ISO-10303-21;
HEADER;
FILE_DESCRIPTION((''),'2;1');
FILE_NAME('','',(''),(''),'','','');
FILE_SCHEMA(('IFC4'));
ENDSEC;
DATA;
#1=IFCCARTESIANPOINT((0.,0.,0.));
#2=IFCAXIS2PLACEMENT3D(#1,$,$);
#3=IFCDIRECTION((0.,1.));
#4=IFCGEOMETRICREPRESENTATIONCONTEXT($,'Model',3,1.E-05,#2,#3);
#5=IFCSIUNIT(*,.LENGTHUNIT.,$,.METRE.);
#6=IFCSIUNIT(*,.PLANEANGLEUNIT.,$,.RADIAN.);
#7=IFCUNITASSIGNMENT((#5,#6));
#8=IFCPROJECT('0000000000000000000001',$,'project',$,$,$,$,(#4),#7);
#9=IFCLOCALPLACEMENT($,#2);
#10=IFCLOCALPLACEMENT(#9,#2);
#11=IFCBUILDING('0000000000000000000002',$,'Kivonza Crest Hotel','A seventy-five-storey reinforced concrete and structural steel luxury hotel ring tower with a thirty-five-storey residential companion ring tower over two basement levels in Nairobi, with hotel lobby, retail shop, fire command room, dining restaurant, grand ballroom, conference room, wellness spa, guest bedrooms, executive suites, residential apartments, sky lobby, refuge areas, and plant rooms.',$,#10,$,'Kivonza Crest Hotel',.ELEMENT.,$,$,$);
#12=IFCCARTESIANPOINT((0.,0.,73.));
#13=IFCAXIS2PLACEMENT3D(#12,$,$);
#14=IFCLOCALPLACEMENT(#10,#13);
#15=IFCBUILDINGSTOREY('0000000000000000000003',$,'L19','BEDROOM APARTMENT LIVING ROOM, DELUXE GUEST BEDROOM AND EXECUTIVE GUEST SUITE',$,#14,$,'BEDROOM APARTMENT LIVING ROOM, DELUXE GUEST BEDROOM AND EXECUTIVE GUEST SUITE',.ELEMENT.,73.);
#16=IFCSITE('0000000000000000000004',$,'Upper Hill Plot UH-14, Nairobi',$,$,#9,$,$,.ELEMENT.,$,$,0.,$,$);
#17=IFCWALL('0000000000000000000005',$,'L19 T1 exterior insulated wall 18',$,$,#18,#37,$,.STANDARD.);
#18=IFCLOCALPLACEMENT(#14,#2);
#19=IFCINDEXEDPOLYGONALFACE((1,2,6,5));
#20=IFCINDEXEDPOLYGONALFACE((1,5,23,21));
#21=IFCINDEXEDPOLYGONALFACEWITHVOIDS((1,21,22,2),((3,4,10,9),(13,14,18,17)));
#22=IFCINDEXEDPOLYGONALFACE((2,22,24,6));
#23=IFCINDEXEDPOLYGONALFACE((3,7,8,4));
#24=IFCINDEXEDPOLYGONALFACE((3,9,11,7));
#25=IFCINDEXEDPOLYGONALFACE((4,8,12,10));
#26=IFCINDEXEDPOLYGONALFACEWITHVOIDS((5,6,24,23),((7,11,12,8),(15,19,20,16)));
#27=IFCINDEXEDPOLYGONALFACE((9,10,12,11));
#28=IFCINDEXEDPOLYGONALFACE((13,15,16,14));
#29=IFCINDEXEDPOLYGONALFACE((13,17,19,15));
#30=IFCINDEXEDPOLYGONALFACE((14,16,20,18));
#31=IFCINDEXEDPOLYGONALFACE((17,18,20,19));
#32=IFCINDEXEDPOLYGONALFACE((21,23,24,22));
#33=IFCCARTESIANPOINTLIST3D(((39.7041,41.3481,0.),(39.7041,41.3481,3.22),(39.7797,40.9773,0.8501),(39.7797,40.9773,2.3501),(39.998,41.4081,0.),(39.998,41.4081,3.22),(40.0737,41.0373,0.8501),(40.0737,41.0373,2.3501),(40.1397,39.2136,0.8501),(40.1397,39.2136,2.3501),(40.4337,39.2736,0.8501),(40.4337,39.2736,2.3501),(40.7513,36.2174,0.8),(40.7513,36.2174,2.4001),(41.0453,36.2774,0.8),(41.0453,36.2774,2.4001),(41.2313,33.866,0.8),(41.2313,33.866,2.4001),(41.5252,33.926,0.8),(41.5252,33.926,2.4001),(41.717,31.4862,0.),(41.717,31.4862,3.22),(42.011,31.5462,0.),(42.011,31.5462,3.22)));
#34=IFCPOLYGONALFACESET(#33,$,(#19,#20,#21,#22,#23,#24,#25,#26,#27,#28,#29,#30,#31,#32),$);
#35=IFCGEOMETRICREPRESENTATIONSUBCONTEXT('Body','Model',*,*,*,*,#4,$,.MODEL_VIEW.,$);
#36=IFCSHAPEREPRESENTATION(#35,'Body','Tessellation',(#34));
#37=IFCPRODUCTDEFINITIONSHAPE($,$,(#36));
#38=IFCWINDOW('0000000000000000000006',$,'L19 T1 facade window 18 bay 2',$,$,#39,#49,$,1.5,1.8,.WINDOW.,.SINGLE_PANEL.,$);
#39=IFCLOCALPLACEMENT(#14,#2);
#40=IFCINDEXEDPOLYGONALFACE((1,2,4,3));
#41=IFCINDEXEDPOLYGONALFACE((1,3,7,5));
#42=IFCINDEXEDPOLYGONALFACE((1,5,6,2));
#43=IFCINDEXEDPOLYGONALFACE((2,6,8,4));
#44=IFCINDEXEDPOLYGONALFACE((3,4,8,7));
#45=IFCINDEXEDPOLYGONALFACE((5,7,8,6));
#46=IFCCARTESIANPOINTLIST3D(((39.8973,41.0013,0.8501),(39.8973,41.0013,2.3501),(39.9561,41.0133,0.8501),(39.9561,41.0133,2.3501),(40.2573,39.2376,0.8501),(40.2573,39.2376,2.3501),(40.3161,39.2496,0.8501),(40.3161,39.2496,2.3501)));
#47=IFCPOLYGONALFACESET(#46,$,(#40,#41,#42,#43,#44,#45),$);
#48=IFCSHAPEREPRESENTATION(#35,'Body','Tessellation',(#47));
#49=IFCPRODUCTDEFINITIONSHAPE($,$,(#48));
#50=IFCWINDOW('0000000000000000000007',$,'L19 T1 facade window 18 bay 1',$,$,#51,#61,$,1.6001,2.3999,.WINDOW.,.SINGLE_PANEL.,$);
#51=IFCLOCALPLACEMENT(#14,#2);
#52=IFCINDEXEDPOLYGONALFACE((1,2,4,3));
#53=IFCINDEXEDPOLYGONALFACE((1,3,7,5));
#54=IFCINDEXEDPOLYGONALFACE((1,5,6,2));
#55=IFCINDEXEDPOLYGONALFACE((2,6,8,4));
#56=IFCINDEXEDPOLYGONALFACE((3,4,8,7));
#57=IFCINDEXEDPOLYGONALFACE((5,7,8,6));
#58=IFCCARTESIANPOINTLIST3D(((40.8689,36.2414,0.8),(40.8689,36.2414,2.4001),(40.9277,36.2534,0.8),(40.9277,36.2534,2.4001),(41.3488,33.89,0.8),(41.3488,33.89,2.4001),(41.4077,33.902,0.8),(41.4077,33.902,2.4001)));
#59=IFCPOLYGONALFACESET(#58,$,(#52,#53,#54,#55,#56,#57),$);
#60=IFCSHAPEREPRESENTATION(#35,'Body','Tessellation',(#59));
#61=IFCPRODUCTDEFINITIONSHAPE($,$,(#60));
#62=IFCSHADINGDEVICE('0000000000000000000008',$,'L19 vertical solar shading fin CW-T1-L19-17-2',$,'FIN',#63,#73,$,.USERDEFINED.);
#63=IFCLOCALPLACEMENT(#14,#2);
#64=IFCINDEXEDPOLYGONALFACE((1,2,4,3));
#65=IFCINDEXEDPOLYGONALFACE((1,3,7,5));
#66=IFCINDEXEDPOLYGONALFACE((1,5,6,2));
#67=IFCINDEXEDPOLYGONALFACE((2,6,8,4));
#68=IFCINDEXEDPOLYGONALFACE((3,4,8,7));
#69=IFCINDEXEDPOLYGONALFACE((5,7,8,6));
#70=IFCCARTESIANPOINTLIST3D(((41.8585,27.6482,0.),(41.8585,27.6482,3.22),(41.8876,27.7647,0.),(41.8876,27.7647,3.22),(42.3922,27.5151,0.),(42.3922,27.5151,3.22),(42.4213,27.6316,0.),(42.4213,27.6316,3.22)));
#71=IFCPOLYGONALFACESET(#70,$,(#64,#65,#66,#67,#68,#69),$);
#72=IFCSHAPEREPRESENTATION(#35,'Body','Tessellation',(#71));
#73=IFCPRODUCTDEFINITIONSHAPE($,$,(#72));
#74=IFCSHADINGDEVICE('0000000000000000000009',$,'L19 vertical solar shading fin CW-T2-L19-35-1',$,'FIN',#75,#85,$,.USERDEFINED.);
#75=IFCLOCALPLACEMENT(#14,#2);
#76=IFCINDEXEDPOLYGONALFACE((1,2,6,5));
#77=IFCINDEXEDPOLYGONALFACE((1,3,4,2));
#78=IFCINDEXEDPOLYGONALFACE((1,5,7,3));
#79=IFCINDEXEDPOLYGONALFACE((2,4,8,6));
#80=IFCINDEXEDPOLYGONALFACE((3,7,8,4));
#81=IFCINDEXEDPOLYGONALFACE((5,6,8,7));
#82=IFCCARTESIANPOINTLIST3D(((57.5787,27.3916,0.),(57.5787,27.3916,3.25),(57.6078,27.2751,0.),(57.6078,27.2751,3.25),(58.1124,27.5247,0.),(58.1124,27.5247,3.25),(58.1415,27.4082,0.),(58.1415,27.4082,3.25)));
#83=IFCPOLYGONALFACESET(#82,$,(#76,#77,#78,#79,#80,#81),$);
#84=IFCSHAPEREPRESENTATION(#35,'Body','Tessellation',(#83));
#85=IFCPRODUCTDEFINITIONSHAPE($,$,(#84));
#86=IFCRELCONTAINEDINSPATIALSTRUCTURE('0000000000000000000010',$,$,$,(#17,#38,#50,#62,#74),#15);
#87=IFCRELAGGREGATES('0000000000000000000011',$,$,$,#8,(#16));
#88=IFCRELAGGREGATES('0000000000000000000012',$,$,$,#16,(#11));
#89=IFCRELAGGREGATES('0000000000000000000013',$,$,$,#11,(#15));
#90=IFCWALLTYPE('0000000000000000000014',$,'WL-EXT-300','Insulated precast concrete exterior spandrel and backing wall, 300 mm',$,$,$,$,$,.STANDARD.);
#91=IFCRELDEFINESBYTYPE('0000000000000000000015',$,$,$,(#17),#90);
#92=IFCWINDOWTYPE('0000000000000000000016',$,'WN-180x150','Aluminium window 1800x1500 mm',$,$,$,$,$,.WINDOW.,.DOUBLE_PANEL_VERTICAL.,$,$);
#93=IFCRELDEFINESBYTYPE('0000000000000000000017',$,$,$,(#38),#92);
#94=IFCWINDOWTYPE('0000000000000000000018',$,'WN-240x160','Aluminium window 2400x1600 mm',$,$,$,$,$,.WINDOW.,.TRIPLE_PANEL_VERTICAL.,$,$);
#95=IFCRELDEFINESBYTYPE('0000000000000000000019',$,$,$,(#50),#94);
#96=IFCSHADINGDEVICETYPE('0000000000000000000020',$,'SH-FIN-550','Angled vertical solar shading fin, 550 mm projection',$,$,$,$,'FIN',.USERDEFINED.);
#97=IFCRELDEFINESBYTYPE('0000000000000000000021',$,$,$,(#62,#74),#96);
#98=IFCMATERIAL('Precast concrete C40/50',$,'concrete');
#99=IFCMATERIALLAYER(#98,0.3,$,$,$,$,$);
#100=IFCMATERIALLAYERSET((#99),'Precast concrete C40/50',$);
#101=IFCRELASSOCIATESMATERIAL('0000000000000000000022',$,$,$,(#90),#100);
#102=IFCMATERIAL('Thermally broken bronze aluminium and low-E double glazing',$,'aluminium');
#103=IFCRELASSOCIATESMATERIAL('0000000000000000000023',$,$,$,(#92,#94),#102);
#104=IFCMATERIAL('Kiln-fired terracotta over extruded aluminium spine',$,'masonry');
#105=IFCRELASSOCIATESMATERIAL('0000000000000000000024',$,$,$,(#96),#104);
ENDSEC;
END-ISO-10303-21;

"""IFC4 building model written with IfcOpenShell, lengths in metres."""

from ifc_helpers import new_model, si_unit, direction, frame, frame_2d, origin, origin_2d, place, context, subcontext, project, spatial, rectangle, extrude, material, layer, layer_set, type_object, element, fill, save


model = new_model("IFC4")

# Units and contexts
model_context = context("Model", 3, precision=1e-05, world=origin(), true_north=direction((0.0, 1.0)))
body_context = subcontext(model_context, "Body", "Model", "MODEL_VIEW")
ifc_project = project(units=[si_unit("LENGTHUNIT", "METRE"), si_unit("PLANEANGLEUNIT", "RADIAN")], contexts=[model_context])

# Site, building, storey
site_placement = place(None, origin())
site = spatial("IfcSite", under=ifc_project, at=site_placement, Name="Upper Hill Plot UH-14, Nairobi", CompositionType="ELEMENT", RefElevation=0.0)
building_placement = place(site_placement, origin())
building = spatial("IfcBuilding", under=site, at=building_placement, Name="Kivonza Crest Hotel", Description="A seventy-five-storey reinforced concrete and structural steel luxury hotel ring tower with a thirty-five-storey residential companion ring tower over two basement levels in Nairobi, with hotel lobby, retail shop, fire command room, dining restaurant, grand ballroom, conference room, wellness spa, guest bedrooms, executive suites, residential apartments, sky lobby, refuge areas, and plant rooms.", LongName="Kivonza Crest Hotel", CompositionType="ELEMENT")
storey_placement = place(building_placement, frame((0.0, 0.0, 73.0)))
storey = spatial("IfcBuildingStorey", under=building, at=storey_placement, Name="L19", Description="BEDROOM APARTMENT LIVING ROOM, DELUXE GUEST BEDROOM AND EXECUTIVE GUEST SUITE", LongName="BEDROOM APARTMENT LIVING ROOM, DELUXE GUEST BEDROOM AND EXECUTIVE GUEST SUITE", CompositionType="ELEMENT", Elevation=73.0)

# Wall, openings, windows
ifc_material_1 = material(Name="Precast concrete C40/50", Category="concrete")
ifc_layer_1 = layer(ifc_material_1, 0.3)
ifc_layer_set_1 = layer_set([ifc_layer_1], Name="Precast concrete C40/50")
wall_type_1 = type_object("IfcWallType", Name="WL-EXT-300", Description="Insulated precast concrete exterior spandrel and backing wall, 300 mm", PredefinedType="STANDARD", material=ifc_layer_set_1)
wall_1_placement = place(storey_placement, frame((41.864, 31.5161, 0.0), z_axis=(0.0, 0.0, 1.0), x_axis=(-0.199991, 0.979798, 0.0)))
wall_1 = element("IfcWall", 1, at=wall_1_placement, inside=storey, type_object=wall_type_1, Name="L19 T1 exterior insulated wall 18", PredefinedType="STANDARD", context=body_context, shape_type="SweptSolid", body=[
    extrude(rectangle(XDim=10.0652, YDim=0.3, at=frame_2d((5.0327, 0.0))), origin(), (0.0, 0.0, 1.0), 3.22),
])
opening_1_placement = place(wall_1_placement, frame((2.429, 0.0, 0.8)))
opening_1 = element("IfcOpeningElement", 2, at=opening_1_placement, cuts=wall_1, PredefinedType="OPENING", context=body_context, shape_type="SweptSolid", body=[
    extrude(rectangle(XDim=2.3999, YDim=1.6001, at=frame_2d((1.2, 0.8))), frame((0.0, 0.1602, 0.0), z_axis=(0.0, -1.0, 0.0), x_axis=(1.0, 0.0, 0.0)), (0.0, 0.0, 1.0), 0.3201),
])
opening_2_placement = place(wall_1_placement, frame((7.887, 0.0, 0.8501)))
opening_2 = element("IfcOpeningElement", 3, at=opening_2_placement, cuts=wall_1, PredefinedType="OPENING", context=body_context, shape_type="SweptSolid", body=[
    extrude(rectangle(XDim=1.8, YDim=1.5, at=frame_2d((0.8999, 0.75))), frame((0.0, 0.1602, 0.0), z_axis=(0.0, -1.0, 0.0), x_axis=(1.0, 0.0, 0.0)), (0.0, 0.0, 1.0), 0.3201),
])
ifc_material_2 = material(Name="Thermally broken bronze aluminium and low-E double glazing", Category="aluminium")
window_type_1 = type_object("IfcWindowType", Name="WN-180x150", Description="Aluminium window 1800x1500 mm", PartitioningType="DOUBLE_PANEL_VERTICAL", PredefinedType="WINDOW", material=ifc_material_2)
window_1_placement = place(opening_2_placement, origin())
window_1 = element("IfcWindow", 4, at=window_1_placement, inside=storey, type_object=window_type_1, Name="L19 T1 facade window 18 bay 2", OverallHeight=1.5, OverallWidth=1.8, PartitioningType="SINGLE_PANEL", PredefinedType="WINDOW", context=body_context, shape_type="SweptSolid", body=[
    extrude(rectangle(XDim=1.8, YDim=1.5, at=frame_2d((0.8999, 0.75))), frame((0.0, 0.03, 0.0), z_axis=(0.0, -1.0, 0.0), x_axis=(1.0, 0.0, 0.0)), (0.0, 0.0, 1.0), 0.0601),
])
fill(opening_2, window_1)
window_type_2 = type_object("IfcWindowType", Name="WN-240x160", Description="Aluminium window 2400x1600 mm", PartitioningType="TRIPLE_PANEL_VERTICAL", PredefinedType="WINDOW", material=ifc_material_2)
window_2_placement = place(opening_1_placement, origin())
window_2 = element("IfcWindow", 5, at=window_2_placement, inside=storey, type_object=window_type_2, Name="L19 T1 facade window 18 bay 1", OverallHeight=1.6001, OverallWidth=2.3999, PartitioningType="SINGLE_PANEL", PredefinedType="WINDOW", context=body_context, shape_type="SweptSolid", body=[
    extrude(rectangle(XDim=2.3999, YDim=1.6001, at=frame_2d((1.2, 0.8))), frame((0.0, 0.03, 0.0), z_axis=(0.0, -1.0, 0.0), x_axis=(1.0, 0.0, 0.0)), (0.0, 0.0, 1.0), 0.0601),
])
fill(opening_1, window_2)

# Shading devices
ifc_material_3 = material(Name="Kiln-fired terracotta over extruded aluminium spine", Category="masonry")
shading_device_type = type_object("IfcShadingDeviceType", Name="SH-FIN-550", Description="Angled vertical solar shading fin, 550 mm projection", ElementType="FIN", PredefinedType="USERDEFINED", material=ifc_material_3)
shading_device_1_placement = place(storey_placement, frame((42.1399, 27.6399, 0.0), z_axis=(0.0, 0.0, 1.0), x_axis=(0.241922, 0.970296, 0.0)))
element("IfcShadingDevice", 6, at=shading_device_1_placement, inside=storey, type_object=shading_device_type, Name="L19 vertical solar shading fin CW-T1-L19-17-2", ObjectType="FIN", PredefinedType="USERDEFINED", context=body_context, shape_type="SweptSolid", body=[
    extrude(rectangle(XDim=0.1201, YDim=0.55, at=origin_2d()), origin(), (0.0, 0.0, 1.0), 3.22),
])
shading_device_2_placement = place(storey_placement, frame((57.8601, 27.3999, 0.0), z_axis=(0.0, 0.0, 1.0), x_axis=(0.241922, -0.970296, 0.0)))
element("IfcShadingDevice", 7, at=shading_device_2_placement, inside=storey, type_object=shading_device_type, Name="L19 vertical solar shading fin CW-T2-L19-35-1", ObjectType="FIN", PredefinedType="USERDEFINED", context=body_context, shape_type="SweptSolid", body=[
    extrude(rectangle(XDim=0.1201, YDim=0.55, at=origin_2d()), origin(), (0.0, 0.0, 1.0), 3.25),
])

save(model, "model.ifc")
